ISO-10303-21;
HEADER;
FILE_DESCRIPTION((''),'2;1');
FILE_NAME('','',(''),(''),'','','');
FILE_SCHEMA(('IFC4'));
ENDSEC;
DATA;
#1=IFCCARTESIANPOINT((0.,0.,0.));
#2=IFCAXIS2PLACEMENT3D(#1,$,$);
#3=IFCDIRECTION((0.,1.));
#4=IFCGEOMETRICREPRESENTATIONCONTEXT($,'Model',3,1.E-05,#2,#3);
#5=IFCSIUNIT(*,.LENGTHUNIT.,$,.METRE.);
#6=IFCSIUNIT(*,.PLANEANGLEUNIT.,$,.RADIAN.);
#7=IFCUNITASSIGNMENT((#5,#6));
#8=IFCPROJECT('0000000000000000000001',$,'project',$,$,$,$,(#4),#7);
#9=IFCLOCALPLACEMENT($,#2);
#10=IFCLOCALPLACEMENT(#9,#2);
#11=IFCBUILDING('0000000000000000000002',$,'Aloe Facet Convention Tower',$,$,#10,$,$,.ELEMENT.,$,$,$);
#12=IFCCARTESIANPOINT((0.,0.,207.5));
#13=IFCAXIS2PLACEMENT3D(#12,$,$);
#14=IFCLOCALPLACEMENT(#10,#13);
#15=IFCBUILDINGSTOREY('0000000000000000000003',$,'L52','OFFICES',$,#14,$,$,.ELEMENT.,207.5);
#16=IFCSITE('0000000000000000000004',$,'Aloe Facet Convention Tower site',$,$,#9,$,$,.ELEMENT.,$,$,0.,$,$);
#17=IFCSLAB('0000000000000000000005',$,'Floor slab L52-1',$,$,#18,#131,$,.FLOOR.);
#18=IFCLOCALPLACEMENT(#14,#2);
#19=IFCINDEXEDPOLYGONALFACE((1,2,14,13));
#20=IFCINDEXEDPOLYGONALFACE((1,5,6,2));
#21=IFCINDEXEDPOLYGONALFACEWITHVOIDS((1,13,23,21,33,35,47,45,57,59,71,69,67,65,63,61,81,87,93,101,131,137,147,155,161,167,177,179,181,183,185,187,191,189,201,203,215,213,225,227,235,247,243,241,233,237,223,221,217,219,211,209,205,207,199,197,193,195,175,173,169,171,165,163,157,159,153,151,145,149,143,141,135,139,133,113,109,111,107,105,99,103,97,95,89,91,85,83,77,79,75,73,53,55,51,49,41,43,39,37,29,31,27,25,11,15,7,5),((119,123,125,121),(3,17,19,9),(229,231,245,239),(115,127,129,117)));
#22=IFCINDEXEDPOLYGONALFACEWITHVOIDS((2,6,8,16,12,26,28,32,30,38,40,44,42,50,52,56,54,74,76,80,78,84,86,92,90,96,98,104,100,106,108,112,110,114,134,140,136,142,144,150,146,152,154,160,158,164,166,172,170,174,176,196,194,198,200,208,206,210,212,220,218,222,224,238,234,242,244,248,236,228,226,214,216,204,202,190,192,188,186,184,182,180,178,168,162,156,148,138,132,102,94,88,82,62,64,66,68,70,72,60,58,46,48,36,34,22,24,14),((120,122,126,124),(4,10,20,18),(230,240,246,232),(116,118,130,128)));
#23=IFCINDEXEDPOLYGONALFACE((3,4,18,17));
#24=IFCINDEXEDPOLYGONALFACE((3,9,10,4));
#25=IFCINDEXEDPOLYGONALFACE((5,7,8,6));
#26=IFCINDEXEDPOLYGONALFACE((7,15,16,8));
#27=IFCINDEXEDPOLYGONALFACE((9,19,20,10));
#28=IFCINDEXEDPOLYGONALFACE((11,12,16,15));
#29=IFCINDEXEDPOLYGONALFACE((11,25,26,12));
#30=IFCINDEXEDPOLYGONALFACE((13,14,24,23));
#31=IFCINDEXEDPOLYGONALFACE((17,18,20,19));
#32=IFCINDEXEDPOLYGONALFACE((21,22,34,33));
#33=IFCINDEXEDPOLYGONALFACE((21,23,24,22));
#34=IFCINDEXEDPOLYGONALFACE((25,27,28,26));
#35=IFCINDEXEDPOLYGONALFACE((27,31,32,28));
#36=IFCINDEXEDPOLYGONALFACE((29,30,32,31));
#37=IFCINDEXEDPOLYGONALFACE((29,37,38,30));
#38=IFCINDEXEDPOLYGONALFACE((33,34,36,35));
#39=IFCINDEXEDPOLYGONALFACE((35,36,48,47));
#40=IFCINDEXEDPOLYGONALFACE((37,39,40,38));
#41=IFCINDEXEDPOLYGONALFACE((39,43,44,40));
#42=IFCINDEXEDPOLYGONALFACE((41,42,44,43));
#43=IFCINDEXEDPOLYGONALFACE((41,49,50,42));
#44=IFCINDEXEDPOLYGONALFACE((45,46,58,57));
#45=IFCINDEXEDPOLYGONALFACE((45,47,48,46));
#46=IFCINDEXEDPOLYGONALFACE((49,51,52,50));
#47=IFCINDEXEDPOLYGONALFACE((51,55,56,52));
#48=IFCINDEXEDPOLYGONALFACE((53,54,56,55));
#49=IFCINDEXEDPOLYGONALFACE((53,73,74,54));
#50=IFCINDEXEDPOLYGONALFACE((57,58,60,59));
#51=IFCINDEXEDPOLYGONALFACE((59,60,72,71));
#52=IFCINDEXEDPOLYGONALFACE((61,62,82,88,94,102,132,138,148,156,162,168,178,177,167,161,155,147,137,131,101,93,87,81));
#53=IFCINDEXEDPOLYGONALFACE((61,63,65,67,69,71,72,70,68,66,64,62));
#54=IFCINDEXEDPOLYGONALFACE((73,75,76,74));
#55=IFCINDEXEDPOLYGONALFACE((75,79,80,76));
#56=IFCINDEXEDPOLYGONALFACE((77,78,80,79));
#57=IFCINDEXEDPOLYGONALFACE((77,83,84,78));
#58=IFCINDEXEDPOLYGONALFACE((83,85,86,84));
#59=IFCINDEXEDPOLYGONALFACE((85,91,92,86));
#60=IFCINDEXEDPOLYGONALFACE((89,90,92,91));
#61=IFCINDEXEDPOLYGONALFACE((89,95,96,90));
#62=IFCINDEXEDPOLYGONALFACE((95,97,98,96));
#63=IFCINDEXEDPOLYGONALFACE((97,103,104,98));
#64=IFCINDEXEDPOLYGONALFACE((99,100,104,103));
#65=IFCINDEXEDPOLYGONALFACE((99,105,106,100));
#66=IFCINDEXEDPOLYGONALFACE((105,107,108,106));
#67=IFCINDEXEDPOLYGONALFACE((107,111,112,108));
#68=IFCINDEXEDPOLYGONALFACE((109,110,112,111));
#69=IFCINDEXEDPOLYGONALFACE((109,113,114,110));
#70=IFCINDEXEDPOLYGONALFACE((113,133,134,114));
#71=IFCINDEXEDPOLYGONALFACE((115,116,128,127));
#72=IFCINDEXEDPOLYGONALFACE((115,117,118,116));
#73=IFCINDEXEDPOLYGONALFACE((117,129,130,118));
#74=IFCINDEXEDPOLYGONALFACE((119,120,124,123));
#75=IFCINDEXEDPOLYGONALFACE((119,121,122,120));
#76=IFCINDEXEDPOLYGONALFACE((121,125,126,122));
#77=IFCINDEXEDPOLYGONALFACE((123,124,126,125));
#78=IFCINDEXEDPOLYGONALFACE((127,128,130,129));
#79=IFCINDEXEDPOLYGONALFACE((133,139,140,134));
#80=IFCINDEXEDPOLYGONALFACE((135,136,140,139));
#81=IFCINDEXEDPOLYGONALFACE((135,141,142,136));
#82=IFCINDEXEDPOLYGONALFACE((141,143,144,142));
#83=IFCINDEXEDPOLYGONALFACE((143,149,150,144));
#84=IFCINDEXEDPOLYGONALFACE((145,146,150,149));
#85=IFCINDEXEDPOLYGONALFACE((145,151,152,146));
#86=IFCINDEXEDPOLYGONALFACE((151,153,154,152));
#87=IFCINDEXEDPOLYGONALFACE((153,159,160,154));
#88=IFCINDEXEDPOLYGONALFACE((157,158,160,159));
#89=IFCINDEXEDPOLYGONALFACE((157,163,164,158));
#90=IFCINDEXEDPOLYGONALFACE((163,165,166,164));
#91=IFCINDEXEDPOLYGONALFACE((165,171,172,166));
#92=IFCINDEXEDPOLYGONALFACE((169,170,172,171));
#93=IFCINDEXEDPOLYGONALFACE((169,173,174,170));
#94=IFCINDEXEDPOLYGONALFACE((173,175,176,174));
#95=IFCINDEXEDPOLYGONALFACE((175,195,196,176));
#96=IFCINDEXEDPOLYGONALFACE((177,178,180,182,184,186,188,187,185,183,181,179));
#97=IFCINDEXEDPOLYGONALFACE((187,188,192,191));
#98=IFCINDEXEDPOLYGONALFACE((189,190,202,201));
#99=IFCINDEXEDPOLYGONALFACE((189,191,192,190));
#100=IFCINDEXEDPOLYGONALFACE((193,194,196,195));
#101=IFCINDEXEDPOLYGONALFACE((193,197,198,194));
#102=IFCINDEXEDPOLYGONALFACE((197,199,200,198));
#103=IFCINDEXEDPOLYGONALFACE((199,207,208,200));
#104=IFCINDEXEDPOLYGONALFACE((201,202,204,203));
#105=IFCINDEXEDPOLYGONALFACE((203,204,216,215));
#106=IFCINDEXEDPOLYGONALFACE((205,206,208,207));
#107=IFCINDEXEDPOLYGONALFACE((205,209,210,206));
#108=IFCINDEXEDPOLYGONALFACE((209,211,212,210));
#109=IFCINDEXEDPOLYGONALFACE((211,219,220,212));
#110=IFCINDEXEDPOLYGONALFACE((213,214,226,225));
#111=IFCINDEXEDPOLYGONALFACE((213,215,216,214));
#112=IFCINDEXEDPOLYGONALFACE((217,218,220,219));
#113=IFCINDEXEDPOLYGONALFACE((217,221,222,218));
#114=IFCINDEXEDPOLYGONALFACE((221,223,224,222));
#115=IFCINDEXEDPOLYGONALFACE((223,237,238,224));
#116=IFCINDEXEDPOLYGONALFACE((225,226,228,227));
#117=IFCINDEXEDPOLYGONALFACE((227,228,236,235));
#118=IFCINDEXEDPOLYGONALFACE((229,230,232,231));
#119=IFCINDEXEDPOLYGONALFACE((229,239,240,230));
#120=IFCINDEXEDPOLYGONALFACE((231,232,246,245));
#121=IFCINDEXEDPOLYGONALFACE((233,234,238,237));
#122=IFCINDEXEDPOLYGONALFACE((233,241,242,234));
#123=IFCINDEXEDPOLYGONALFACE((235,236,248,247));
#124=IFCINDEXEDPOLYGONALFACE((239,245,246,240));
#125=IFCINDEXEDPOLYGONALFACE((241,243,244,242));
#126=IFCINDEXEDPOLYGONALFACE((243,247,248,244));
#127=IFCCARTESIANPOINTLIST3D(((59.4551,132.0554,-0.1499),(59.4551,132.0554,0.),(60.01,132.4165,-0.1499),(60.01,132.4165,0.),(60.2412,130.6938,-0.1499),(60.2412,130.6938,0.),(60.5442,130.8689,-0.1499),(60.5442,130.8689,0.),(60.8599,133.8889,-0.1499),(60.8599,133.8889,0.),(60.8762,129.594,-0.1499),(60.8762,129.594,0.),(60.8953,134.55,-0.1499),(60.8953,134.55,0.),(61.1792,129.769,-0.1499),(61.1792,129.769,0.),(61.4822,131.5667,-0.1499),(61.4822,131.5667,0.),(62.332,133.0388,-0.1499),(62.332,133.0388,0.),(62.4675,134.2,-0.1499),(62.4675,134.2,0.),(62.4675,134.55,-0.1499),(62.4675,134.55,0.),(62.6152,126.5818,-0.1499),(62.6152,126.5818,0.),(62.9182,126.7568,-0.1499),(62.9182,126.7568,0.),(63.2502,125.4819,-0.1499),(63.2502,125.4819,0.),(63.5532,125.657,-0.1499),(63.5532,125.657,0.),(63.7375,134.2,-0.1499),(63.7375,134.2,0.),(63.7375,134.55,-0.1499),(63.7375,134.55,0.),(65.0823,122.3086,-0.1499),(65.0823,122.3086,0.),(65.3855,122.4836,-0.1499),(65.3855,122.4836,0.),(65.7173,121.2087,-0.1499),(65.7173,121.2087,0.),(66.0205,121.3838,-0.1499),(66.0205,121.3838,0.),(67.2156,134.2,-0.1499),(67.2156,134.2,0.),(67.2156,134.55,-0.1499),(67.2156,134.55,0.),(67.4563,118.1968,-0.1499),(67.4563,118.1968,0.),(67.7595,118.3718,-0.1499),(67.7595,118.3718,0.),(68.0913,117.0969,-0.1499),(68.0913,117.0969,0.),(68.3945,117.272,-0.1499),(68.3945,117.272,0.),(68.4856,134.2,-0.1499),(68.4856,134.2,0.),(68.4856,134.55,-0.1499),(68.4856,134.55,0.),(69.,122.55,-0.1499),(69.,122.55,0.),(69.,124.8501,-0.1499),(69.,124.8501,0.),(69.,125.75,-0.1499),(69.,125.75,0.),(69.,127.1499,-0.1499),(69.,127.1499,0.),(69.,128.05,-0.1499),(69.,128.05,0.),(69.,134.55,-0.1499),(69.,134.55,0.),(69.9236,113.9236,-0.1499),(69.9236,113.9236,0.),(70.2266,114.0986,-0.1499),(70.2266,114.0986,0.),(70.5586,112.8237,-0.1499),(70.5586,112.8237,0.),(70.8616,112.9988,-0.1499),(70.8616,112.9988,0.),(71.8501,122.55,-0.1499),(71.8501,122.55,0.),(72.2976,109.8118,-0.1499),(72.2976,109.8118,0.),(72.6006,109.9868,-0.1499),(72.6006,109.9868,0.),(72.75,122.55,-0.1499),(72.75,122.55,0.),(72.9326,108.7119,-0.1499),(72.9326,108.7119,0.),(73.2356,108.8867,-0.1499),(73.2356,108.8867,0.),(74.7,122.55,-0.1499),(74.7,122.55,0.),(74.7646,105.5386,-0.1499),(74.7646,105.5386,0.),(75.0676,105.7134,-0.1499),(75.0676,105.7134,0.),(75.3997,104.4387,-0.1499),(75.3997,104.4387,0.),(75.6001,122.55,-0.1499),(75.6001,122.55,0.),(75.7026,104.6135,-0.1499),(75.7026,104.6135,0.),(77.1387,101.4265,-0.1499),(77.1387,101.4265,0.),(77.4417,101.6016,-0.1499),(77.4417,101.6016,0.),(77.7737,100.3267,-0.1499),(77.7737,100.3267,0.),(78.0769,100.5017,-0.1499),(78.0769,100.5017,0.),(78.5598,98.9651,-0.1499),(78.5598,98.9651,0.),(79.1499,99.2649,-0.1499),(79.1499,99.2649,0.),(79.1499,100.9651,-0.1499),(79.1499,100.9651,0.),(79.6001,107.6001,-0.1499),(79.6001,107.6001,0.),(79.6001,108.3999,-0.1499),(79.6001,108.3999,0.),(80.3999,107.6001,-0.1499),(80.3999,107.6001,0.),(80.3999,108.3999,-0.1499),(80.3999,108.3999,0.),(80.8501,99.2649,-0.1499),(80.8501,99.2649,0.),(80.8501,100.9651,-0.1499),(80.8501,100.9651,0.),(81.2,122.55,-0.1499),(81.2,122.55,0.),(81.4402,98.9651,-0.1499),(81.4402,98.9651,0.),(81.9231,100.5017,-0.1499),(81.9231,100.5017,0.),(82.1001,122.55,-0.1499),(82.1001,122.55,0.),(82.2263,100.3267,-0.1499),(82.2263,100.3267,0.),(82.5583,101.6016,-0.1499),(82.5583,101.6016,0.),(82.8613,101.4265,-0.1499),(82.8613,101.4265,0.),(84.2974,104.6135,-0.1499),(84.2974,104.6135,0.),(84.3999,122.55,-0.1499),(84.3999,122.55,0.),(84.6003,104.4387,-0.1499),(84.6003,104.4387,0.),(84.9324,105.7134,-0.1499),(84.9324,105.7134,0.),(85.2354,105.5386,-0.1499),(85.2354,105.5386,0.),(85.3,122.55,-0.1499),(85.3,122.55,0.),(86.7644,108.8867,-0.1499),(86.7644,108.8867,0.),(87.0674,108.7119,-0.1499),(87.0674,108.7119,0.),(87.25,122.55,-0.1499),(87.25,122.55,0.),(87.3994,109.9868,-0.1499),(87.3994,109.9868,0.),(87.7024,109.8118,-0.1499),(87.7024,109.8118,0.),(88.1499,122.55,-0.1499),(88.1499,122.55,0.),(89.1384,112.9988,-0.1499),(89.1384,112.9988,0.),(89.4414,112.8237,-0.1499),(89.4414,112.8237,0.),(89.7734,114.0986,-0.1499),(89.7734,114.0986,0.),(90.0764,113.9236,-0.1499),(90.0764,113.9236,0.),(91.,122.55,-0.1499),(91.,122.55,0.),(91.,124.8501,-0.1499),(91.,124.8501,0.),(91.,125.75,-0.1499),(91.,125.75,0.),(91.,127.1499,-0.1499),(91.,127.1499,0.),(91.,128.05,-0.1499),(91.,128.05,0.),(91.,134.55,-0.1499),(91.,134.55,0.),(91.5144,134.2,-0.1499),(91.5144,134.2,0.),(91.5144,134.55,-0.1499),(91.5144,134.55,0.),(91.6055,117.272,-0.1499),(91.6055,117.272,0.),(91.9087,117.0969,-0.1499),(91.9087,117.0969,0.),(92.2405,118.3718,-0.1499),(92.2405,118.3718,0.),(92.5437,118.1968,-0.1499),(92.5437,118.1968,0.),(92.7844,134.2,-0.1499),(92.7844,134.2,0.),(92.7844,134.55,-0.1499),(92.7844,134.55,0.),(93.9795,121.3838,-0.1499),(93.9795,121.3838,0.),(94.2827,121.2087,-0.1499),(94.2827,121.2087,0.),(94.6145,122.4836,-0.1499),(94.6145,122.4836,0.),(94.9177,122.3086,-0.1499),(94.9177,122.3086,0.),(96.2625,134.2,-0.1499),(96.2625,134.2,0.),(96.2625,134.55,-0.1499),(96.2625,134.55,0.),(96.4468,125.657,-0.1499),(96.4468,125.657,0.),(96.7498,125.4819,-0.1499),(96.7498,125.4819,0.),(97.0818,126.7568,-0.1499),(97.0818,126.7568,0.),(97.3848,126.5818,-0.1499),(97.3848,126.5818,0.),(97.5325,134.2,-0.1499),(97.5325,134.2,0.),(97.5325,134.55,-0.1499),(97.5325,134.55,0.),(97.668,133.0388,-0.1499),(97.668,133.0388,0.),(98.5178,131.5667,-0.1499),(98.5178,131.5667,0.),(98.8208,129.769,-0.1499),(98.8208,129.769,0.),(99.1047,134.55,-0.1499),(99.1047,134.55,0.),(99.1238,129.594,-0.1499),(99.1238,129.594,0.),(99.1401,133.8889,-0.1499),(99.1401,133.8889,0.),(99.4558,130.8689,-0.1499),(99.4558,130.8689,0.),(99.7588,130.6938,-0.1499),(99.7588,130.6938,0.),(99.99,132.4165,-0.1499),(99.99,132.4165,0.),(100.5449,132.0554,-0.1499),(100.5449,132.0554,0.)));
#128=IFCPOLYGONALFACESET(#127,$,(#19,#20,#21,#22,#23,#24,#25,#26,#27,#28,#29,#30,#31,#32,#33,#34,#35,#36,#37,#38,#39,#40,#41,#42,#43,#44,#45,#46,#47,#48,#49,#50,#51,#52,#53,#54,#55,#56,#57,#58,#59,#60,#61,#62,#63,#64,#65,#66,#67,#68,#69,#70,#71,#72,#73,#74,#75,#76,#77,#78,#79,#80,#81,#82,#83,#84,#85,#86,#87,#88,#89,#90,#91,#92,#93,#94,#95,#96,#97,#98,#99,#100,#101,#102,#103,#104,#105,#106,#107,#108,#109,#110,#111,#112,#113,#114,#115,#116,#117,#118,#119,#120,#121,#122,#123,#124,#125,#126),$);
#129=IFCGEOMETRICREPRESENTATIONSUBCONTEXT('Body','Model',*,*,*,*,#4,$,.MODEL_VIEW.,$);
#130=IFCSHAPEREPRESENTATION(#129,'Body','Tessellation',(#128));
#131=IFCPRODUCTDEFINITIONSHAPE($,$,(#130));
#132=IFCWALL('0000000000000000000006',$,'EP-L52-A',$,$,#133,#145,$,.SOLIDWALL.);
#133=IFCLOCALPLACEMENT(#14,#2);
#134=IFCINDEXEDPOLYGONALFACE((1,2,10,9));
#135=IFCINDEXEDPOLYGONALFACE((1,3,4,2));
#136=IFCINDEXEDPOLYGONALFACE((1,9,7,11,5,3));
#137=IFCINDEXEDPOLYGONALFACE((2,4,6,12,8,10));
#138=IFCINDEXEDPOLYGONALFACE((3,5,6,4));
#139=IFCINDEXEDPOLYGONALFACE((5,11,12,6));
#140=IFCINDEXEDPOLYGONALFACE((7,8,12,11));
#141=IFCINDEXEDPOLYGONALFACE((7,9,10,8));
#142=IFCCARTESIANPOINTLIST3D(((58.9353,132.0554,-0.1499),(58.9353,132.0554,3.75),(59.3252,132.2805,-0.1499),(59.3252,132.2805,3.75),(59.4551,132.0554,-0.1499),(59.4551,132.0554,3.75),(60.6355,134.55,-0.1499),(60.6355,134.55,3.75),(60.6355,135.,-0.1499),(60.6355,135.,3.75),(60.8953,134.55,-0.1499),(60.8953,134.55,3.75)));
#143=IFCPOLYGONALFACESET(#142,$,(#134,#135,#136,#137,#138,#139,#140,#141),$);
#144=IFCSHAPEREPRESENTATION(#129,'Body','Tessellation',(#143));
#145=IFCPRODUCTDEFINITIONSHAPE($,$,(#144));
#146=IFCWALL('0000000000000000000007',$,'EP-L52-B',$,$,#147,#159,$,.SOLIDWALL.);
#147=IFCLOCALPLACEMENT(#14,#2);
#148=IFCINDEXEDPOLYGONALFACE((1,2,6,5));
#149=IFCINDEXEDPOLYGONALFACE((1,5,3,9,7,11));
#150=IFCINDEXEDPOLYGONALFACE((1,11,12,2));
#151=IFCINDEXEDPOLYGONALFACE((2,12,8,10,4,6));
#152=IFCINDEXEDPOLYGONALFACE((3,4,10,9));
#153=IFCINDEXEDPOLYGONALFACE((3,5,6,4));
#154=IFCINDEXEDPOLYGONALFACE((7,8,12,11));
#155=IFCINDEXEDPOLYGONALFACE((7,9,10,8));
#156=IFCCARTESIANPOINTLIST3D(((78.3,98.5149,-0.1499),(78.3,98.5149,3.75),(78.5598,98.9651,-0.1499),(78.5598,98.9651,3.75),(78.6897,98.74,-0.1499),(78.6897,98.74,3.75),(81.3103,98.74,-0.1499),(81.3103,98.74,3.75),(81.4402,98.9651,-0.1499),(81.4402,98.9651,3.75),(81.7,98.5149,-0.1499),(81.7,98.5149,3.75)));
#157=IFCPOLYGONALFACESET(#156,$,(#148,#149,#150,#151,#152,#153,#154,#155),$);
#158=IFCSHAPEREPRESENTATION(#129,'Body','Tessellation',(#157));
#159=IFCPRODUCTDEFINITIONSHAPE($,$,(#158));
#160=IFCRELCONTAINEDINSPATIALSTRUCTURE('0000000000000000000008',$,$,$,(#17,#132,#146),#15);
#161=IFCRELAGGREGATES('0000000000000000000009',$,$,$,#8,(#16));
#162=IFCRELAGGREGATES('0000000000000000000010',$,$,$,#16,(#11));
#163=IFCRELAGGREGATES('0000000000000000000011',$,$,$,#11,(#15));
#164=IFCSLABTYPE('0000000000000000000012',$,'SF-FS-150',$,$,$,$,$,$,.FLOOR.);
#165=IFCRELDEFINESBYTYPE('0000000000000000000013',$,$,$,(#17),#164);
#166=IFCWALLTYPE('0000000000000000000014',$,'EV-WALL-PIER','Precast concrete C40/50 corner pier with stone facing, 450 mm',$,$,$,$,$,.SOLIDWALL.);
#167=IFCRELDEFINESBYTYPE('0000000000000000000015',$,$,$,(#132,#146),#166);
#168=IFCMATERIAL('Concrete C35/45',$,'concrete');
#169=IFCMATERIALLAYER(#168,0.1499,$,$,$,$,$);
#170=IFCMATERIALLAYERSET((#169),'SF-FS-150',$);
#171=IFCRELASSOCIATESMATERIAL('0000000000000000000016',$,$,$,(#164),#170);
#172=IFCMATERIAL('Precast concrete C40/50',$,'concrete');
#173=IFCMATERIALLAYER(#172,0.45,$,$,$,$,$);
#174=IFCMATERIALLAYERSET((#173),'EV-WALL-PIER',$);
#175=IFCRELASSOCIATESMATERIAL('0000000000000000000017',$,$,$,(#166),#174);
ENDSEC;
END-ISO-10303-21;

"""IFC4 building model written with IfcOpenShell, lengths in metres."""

from ifc_helpers import new_model, si_unit, direction, frame, origin, place, context, subcontext, project, spatial, polyline, outline, extrude, material, layer, layer_set, type_object, element, save


model = new_model("IFC4")

# Units and contexts
model_context = context("Model", 3, precision=1e-05, world=origin(), true_north=direction((0.0, 1.0)))
body_context = subcontext(model_context, "Body", "Model", "MODEL_VIEW")
ifc_project = project(units=[si_unit("LENGTHUNIT", "METRE"), si_unit("PLANEANGLEUNIT", "RADIAN")], contexts=[model_context])

# Site, building, storey
site_placement = place(None, origin())
site = spatial("IfcSite", under=ifc_project, at=site_placement, Name="Aloe Facet Convention Tower site", CompositionType="ELEMENT", RefElevation=0.0)
building_placement = place(site_placement, origin())
building = spatial("IfcBuilding", under=site, at=building_placement, Name="Aloe Facet Convention Tower", CompositionType="ELEMENT")
storey_placement = place(building_placement, frame((0.0, 0.0, 207.5)))
storey = spatial("IfcBuildingStorey", under=building, at=storey_placement, Name="L52", Description="OFFICES", CompositionType="ELEMENT", Elevation=207.5)

# Slab
ifc_material_1 = material(Name="Concrete C35/45", Category="concrete")
ifc_layer_1 = layer(ifc_material_1, 0.1499)
ifc_layer_set_1 = layer_set([ifc_layer_1], Name="SF-FS-150")
slab_type_1 = type_object("IfcSlabType", Name="SF-FS-150", PredefinedType="FLOOR", material=ifc_layer_set_1)
slab_1_placement = place(storey_placement, frame((0.0, 0.0, -0.1499)))
element("IfcSlab", 1, at=slab_1_placement, inside=storey, type_object=slab_type_1, Name="Floor slab L52-1", PredefinedType="FLOOR", context=body_context, shape_type="SweptSolid", body=[
    extrude(outline(polyline([(100.5449, 132.0554), (99.7588, 130.6938), (99.4558, 130.8689), (98.8208, 129.769), (99.1238, 129.594), (97.3848, 126.5818), (97.0818, 126.7568), (96.4468, 125.657), (96.7498, 125.4819), (94.9177, 122.3086), (94.6145, 122.4836), (93.9795, 121.3838), (94.2827, 121.2087), (92.5437, 118.1968), (92.2405, 118.3718), (91.6055, 117.272), (91.9087, 117.0969), (90.0764, 113.9236), (89.7734, 114.0986), (89.1384, 112.9988), (89.4414, 112.8237), (87.7024, 109.8118), (87.3994, 109.9868), (86.7644, 108.8867), (87.0674, 108.7119), (85.2354, 105.5386), (84.9324, 105.7134), (84.2974, 104.6135), (84.6003, 104.4387), (82.8613, 101.4265), (82.5583, 101.6016), (81.9231, 100.5017), (82.2263, 100.3267), (81.4402, 98.9651), (78.5598, 98.9651), (77.7737, 100.3267), (78.0769, 100.5017), (77.4417, 101.6016), (77.1387, 101.4265), (75.3997, 104.4387), (75.7026, 104.6135), (75.0676, 105.7134), (74.7646, 105.5386), (72.9326, 108.7119), (73.2356, 108.8867), (72.6006, 109.9868), (72.2976, 109.8118), (70.5586, 112.8237), (70.8616, 112.9988), (70.2266, 114.0986), (69.9236, 113.9236), (68.0913, 117.0969), (68.3945, 117.272), (67.7595, 118.3718), (67.4563, 118.1968), (65.7173, 121.2087), (66.0205, 121.3838), (65.3855, 122.4836), (65.0823, 122.3086), (63.2502, 125.4819), (63.5532, 125.657), (62.9182, 126.7568), (62.6152, 126.5818), (60.8762, 129.594), (61.1792, 129.769), (60.5442, 130.8689), (60.2412, 130.6938), (59.4551, 132.0554), (60.8953, 134.55), (62.4675, 134.55), (62.4675, 134.2), (63.7375, 134.2), (63.7375, 134.55), (67.2156, 134.55), (67.2156, 134.2), (68.4856, 134.2), (68.4856, 134.55), (69.0, 134.55), (69.0, 128.05), (69.0, 127.1499), (69.0, 125.75), (69.0, 124.8501), (69.0, 122.55), (71.8501, 122.55), (72.75, 122.55), (74.7, 122.55), (75.6001, 122.55), (81.2, 122.55), (82.1001, 122.55), (84.3999, 122.55), (85.3, 122.55), (87.25, 122.55), (88.1499, 122.55), (91.0, 122.55), (91.0, 124.8501), (91.0, 125.75), (91.0, 127.1499), (91.0, 128.05), (91.0, 134.55), (91.5144, 134.55), (91.5144, 134.2), (92.7844, 134.2), (92.7844, 134.55), (96.2625, 134.55), (96.2625, 134.2), (97.5325, 134.2), (97.5325, 134.55), (99.1047, 134.55), (100.5449, 132.0554)]), holes=[polyline([(80.8501, 99.2649), (80.8501, 100.9651), (79.1499, 100.9651), (79.1499, 99.2649), (80.8501, 99.2649)]), polyline([(60.8599, 133.8889), (60.01, 132.4165), (61.4822, 131.5667), (62.332, 133.0388), (60.8599, 133.8889)]), polyline([(80.3999, 107.6001), (80.3999, 108.3999), (79.6001, 108.3999), (79.6001, 107.6001), (80.3999, 107.6001)]), polyline([(99.99, 132.4165), (99.1401, 133.8889), (97.668, 133.0388), (98.5178, 131.5667), (99.99, 132.4165)])]), origin(), (0.0, 0.0, 1.0), 0.1499),
])

# Walls
ifc_material_2 = material(Name="Precast concrete C40/50", Category="concrete")
ifc_layer_2 = layer(ifc_material_2, 0.45)
ifc_layer_set_2 = layer_set([ifc_layer_2], Name="EV-WALL-PIER")
wall_type_1 = type_object("IfcWallType", Name="EV-WALL-PIER", Description="Precast concrete C40/50 corner pier with stone facing, 450 mm", PredefinedType="SOLIDWALL", material=ifc_layer_set_2)
wall_1_placement = place(storey_placement, frame((0.0, 0.0, -0.1499)))
element("IfcWall", 2, at=wall_1_placement, inside=storey, type_object=wall_type_1, Name="EP-L52-A", PredefinedType="SOLIDWALL", context=body_context, shape_type="SweptSolid", body=[
    extrude(outline(polyline([(60.6355, 135.0), (60.6355, 134.55), (60.8953, 134.55), (59.4551, 132.0554), (59.3252, 132.2805), (58.9353, 132.0554), (60.6355, 135.0)])), origin(), (0.0, 0.0, 1.0), 3.8999),
])
wall_2_placement = place(storey_placement, frame((0.0, 0.0, -0.1499)))
element("IfcWall", 3, at=wall_2_placement, inside=storey, type_object=wall_type_1, Name="EP-L52-B", PredefinedType="SOLIDWALL", context=body_context, shape_type="SweptSolid", body=[
    extrude(outline(polyline([(78.3, 98.5149), (78.6897, 98.74), (78.5598, 98.9651), (81.4402, 98.9651), (81.3103, 98.74), (81.7, 98.5149), (78.3, 98.5149)])), origin(), (0.0, 0.0, 1.0), 3.8999),
])

save(model, "model.ifc")
